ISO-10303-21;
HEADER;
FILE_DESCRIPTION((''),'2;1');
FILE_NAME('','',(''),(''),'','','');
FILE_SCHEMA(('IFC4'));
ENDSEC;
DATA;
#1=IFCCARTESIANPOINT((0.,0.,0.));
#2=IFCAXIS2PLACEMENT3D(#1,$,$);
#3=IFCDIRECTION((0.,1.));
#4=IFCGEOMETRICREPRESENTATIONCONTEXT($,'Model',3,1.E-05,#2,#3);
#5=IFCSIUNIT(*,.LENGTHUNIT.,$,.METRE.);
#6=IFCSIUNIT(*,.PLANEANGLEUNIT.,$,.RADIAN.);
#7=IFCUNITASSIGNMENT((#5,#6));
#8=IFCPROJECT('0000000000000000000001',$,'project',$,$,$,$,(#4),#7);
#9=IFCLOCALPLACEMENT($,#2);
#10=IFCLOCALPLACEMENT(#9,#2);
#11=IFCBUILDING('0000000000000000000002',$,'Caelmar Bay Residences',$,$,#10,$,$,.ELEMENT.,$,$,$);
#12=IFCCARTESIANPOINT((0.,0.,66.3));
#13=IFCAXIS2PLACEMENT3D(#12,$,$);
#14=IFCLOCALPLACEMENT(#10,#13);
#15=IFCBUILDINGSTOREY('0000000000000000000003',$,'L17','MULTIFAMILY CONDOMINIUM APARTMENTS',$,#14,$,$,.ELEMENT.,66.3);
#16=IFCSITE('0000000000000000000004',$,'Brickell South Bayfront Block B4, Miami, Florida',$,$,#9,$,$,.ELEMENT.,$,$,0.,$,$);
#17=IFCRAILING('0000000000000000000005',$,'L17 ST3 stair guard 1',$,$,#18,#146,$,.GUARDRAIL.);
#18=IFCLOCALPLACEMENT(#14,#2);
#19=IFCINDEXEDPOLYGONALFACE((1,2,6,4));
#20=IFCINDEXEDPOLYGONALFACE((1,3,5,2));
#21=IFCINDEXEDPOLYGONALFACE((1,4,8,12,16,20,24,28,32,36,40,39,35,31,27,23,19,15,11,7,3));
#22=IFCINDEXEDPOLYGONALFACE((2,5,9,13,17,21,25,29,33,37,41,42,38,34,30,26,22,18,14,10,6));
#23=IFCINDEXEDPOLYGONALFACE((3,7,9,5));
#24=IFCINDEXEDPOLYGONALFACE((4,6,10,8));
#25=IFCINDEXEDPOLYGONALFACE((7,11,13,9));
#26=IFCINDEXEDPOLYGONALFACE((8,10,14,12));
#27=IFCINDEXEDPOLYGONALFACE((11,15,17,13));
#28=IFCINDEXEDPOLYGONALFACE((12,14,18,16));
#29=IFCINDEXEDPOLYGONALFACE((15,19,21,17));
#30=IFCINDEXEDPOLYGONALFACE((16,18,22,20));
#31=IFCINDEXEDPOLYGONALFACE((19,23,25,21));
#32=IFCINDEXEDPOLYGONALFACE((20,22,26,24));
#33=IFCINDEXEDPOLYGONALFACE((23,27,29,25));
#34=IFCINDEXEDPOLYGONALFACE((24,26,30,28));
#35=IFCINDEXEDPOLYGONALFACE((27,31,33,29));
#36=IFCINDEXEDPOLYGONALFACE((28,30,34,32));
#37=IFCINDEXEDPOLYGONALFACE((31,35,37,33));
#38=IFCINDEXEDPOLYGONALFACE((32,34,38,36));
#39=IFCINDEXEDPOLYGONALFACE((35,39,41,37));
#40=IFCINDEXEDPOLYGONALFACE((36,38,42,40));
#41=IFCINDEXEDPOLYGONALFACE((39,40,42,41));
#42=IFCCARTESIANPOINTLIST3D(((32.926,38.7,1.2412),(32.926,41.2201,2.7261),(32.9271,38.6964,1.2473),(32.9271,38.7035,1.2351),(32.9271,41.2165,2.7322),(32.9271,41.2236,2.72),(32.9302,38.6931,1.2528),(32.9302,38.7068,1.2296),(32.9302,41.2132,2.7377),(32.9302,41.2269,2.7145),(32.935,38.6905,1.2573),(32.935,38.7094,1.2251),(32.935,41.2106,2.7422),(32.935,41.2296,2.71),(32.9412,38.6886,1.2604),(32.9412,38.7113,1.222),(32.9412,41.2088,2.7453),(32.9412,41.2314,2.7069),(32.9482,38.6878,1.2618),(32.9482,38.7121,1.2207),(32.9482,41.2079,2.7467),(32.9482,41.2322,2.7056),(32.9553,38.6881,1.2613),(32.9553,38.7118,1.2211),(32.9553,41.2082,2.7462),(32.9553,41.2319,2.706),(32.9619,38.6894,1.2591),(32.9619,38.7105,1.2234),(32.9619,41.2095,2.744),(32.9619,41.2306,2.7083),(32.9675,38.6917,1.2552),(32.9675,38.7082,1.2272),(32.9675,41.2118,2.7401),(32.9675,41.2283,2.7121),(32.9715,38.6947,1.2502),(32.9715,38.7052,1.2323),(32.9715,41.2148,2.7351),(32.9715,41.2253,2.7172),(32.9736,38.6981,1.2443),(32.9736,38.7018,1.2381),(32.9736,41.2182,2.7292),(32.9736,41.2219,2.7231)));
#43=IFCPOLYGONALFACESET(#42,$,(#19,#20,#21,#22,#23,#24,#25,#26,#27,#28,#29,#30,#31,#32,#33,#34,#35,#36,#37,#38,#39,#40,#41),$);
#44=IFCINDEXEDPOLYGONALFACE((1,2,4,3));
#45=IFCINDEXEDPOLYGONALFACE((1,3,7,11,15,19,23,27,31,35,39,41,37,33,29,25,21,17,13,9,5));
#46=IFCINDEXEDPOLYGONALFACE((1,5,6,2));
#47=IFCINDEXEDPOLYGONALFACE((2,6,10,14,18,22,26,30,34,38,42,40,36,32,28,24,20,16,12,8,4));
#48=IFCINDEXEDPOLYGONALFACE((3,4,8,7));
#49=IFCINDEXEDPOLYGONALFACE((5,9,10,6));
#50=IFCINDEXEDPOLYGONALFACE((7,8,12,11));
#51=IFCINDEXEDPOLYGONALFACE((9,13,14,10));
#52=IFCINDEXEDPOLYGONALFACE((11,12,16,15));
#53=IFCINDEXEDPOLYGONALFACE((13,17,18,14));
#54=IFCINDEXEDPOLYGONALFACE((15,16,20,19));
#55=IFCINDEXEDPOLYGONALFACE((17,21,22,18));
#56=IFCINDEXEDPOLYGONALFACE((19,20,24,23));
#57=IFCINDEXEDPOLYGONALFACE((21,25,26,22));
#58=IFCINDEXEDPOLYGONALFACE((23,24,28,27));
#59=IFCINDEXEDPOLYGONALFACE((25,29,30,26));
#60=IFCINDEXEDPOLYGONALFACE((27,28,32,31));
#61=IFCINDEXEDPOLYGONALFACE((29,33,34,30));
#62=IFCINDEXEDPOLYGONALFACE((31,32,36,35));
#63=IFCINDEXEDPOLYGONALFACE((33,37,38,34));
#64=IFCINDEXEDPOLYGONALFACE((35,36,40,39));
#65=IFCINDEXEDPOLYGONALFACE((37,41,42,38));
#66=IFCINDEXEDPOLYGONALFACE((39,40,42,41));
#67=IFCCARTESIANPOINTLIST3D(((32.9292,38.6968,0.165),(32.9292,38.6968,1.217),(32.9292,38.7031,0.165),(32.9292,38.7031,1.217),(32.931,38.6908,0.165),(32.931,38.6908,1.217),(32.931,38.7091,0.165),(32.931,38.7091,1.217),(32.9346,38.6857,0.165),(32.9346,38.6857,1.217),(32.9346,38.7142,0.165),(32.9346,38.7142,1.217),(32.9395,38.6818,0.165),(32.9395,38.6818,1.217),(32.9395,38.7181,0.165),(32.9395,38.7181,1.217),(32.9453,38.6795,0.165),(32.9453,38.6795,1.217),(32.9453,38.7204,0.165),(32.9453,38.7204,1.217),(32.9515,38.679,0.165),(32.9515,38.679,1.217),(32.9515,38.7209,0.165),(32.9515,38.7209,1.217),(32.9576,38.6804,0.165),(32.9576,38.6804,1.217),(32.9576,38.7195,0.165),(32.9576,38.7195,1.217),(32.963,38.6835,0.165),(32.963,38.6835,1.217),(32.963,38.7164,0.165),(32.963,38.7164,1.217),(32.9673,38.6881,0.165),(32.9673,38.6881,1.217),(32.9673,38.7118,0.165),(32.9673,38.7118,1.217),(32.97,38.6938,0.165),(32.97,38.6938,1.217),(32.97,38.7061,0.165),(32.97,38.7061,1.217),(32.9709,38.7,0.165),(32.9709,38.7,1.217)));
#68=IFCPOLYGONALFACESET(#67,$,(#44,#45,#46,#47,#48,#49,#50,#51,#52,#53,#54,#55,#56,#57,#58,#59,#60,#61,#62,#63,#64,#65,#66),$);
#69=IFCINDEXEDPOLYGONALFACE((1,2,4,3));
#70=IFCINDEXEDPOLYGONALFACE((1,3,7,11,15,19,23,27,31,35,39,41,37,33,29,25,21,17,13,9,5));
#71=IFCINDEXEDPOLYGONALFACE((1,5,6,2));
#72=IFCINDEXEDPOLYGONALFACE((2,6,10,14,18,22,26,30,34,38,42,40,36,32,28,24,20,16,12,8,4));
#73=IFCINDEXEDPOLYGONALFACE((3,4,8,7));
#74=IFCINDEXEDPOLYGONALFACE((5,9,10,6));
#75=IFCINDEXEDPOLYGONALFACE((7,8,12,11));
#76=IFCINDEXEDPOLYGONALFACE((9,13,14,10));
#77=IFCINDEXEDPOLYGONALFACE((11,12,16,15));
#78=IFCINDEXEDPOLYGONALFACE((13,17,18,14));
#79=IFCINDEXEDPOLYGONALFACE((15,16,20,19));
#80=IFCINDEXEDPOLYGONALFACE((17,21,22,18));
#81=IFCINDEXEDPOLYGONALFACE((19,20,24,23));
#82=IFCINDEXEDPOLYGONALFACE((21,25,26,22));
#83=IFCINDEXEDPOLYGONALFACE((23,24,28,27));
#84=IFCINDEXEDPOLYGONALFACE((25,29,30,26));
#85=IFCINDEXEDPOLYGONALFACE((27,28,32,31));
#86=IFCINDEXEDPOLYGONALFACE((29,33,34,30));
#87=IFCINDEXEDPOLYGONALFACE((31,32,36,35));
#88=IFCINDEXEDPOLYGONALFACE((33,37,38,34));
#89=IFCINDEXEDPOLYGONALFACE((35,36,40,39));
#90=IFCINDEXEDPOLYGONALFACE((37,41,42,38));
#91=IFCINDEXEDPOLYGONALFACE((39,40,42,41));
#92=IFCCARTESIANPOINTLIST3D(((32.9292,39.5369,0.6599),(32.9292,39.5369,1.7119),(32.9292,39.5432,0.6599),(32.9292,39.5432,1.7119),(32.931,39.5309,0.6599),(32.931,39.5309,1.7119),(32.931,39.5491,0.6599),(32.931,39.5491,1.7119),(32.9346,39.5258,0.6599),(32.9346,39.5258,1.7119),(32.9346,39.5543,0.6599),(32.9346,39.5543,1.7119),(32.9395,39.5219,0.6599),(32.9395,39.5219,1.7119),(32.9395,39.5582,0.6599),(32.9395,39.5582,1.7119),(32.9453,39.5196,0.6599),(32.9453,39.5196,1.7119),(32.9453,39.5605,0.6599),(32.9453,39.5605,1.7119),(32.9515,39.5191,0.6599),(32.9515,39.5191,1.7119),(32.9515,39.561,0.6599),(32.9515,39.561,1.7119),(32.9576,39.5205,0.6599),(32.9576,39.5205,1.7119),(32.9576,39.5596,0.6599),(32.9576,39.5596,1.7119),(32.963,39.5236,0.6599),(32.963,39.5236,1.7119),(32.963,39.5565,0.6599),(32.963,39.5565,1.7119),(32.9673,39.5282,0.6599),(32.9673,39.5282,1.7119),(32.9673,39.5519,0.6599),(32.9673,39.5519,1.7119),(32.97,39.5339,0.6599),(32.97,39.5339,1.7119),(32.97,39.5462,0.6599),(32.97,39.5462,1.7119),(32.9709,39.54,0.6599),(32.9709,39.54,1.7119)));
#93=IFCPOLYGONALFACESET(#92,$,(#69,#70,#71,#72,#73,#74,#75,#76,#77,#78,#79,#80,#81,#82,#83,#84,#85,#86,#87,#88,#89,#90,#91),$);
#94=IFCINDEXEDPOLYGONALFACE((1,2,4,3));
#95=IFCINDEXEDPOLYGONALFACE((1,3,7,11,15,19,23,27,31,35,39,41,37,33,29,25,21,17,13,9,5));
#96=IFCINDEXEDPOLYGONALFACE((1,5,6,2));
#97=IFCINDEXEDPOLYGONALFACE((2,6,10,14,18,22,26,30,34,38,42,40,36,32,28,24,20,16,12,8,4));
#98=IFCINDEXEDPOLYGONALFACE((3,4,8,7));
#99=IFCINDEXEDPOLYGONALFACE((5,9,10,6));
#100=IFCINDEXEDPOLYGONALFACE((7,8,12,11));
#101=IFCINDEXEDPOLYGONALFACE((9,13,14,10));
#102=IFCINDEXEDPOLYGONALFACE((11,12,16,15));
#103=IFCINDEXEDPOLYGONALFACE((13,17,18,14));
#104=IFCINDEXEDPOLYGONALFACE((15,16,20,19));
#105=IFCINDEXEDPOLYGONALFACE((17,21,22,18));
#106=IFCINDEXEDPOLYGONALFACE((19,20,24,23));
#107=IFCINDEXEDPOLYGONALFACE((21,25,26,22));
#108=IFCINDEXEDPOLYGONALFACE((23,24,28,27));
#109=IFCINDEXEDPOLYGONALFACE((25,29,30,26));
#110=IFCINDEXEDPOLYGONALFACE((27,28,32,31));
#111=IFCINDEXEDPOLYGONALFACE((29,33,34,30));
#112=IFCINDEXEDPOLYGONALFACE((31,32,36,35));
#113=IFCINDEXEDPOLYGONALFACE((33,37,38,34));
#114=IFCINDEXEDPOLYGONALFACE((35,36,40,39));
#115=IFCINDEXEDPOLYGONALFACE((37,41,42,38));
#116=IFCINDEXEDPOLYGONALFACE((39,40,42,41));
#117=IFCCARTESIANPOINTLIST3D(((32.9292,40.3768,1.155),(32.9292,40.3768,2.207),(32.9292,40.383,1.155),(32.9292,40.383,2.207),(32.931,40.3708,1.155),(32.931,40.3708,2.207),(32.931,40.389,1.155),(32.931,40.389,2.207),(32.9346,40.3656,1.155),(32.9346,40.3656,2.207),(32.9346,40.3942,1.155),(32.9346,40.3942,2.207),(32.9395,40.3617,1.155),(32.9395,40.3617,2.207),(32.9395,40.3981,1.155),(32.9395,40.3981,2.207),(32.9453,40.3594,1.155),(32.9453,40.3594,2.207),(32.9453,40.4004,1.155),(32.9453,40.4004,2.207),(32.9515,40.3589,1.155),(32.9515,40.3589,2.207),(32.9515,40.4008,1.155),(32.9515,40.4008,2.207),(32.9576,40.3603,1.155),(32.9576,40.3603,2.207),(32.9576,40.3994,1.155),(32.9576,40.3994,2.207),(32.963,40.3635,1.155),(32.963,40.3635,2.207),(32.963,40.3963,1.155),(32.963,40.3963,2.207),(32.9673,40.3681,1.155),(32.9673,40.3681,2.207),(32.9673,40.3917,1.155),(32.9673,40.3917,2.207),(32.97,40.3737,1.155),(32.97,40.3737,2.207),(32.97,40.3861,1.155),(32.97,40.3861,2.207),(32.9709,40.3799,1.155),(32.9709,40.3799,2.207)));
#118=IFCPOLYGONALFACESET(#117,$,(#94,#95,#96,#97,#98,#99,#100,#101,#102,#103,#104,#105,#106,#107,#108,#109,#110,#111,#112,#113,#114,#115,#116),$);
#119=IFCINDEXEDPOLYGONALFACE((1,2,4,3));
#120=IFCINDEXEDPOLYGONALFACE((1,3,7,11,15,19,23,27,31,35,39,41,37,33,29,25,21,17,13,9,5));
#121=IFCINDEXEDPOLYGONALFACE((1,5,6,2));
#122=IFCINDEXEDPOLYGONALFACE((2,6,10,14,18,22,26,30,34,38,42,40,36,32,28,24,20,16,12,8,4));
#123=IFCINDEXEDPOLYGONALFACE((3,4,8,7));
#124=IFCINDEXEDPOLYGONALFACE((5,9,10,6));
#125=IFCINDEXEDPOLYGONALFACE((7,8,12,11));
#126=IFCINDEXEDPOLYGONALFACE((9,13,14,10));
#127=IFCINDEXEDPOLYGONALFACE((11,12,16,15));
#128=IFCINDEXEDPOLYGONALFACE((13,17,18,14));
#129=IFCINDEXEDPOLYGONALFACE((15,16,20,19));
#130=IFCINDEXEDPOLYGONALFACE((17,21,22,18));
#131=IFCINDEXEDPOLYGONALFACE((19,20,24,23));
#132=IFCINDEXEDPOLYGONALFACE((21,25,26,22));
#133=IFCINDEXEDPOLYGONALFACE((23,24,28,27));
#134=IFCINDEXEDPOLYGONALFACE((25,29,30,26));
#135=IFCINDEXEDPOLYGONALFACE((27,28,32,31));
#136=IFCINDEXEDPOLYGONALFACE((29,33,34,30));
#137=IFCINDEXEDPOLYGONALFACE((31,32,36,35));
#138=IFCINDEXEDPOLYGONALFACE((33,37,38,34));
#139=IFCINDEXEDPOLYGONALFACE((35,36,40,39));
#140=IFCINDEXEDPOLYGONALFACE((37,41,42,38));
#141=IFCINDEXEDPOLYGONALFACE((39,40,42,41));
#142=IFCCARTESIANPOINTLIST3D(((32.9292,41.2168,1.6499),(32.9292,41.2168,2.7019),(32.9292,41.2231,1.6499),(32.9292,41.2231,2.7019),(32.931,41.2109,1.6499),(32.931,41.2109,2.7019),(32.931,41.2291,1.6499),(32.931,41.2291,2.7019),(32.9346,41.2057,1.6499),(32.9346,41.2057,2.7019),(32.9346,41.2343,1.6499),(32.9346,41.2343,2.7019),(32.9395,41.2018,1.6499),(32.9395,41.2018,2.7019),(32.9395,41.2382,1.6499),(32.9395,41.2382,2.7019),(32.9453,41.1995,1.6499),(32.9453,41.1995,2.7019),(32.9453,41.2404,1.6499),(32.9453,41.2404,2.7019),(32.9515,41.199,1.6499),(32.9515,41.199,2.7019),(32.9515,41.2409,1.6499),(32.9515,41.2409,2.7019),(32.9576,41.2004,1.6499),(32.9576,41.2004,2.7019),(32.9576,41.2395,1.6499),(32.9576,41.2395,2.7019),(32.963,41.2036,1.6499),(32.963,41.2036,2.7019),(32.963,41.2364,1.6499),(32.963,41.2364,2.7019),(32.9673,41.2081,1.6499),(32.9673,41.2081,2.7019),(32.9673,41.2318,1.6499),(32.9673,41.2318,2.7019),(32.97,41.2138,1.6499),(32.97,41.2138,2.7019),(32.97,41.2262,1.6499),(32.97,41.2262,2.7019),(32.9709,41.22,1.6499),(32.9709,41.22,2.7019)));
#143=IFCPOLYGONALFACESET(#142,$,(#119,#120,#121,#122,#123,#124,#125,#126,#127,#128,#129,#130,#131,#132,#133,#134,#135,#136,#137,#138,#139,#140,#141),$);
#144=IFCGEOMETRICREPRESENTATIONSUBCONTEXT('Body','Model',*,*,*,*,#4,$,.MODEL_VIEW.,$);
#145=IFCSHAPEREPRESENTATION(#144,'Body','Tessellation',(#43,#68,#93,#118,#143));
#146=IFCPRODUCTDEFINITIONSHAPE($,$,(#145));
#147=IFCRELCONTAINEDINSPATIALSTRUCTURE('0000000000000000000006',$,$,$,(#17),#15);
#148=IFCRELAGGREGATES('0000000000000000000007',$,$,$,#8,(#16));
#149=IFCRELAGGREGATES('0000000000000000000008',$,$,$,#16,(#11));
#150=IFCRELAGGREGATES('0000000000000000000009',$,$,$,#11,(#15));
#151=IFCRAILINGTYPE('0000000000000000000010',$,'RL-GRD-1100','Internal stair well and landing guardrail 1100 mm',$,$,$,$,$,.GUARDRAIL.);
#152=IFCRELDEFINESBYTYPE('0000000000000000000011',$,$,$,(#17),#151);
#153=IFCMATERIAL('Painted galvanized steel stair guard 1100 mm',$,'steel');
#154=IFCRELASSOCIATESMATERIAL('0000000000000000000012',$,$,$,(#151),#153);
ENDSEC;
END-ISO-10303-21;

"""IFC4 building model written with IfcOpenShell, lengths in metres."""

from ifc_helpers import new_model, si_unit, direction, frame, origin, origin_2d, place, context, subcontext, project, spatial, circle, extrude, material, type_object, element, save


model = new_model("IFC4")

# Units and contexts
model_context = context("Model", 3, precision=1e-05, world=origin(), true_north=direction((0.0, 1.0)))
body_context = subcontext(model_context, "Body", "Model", "MODEL_VIEW")
ifc_project = project(units=[si_unit("LENGTHUNIT", "METRE"), si_unit("PLANEANGLEUNIT", "RADIAN")], contexts=[model_context])

# Site, building, storey
site_placement = place(None, origin())
site = spatial("IfcSite", under=ifc_project, at=site_placement, Name="Brickell South Bayfront Block B4, Miami, Florida", CompositionType="ELEMENT", RefElevation=0.0)
building_placement = place(site_placement, origin())
building = spatial("IfcBuilding", under=site, at=building_placement, Name="Caelmar Bay Residences", CompositionType="ELEMENT")
storey_placement = place(building_placement, frame((0.0, 0.0, 66.3)))
storey = spatial("IfcBuildingStorey", under=building, at=storey_placement, Name="L17", Description="MULTIFAMILY CONDOMINIUM APARTMENTS", CompositionType="ELEMENT", Elevation=66.3)

# Railing
ifc_material_1 = material(Name="Painted galvanized steel stair guard 1100 mm", Category="steel")
railing_type_1 = type_object("IfcRailingType", Name="RL-GRD-1100", Description="Internal stair well and landing guardrail 1100 mm", PredefinedType="GUARDRAIL", material=ifc_material_1)
railing_1_placement = place(storey_placement, frame((32.95, 38.7, 0.165)))
element("IfcRailing", 1, at=railing_1_placement, inside=storey, type_object=railing_type_1, Name="L17 ST3 stair guard 1", PredefinedType="GUARDRAIL", context=body_context, shape_type="SweptSolid", body=[
    extrude(circle(Radius=0.0239, at=origin_2d()), frame((0.0, 0.0, 1.0762), z_axis=(0.0, 0.861561, 0.507655), x_axis=(-1.0, 0.0, 0.0)), (0.0, 0.0, 1.0), 2.925),
    extrude(circle(Radius=0.021, at=origin_2d()), origin(), (0.0, 0.0, 1.0), 1.052),
    extrude(circle(Radius=0.021, at=origin_2d()), frame((0.0, 0.8401, 0.4949)), (0.0, 0.0, 1.0), 1.052),
    extrude(circle(Radius=0.021, at=origin_2d()), frame((0.0, 1.6799, 0.99)), (0.0, 0.0, 1.0), 1.052),
    extrude(circle(Radius=0.021, at=origin_2d()), frame((0.0, 2.52, 1.4849)), (0.0, 0.0, 1.0), 1.052),
])

save(model, "model.ifc")
